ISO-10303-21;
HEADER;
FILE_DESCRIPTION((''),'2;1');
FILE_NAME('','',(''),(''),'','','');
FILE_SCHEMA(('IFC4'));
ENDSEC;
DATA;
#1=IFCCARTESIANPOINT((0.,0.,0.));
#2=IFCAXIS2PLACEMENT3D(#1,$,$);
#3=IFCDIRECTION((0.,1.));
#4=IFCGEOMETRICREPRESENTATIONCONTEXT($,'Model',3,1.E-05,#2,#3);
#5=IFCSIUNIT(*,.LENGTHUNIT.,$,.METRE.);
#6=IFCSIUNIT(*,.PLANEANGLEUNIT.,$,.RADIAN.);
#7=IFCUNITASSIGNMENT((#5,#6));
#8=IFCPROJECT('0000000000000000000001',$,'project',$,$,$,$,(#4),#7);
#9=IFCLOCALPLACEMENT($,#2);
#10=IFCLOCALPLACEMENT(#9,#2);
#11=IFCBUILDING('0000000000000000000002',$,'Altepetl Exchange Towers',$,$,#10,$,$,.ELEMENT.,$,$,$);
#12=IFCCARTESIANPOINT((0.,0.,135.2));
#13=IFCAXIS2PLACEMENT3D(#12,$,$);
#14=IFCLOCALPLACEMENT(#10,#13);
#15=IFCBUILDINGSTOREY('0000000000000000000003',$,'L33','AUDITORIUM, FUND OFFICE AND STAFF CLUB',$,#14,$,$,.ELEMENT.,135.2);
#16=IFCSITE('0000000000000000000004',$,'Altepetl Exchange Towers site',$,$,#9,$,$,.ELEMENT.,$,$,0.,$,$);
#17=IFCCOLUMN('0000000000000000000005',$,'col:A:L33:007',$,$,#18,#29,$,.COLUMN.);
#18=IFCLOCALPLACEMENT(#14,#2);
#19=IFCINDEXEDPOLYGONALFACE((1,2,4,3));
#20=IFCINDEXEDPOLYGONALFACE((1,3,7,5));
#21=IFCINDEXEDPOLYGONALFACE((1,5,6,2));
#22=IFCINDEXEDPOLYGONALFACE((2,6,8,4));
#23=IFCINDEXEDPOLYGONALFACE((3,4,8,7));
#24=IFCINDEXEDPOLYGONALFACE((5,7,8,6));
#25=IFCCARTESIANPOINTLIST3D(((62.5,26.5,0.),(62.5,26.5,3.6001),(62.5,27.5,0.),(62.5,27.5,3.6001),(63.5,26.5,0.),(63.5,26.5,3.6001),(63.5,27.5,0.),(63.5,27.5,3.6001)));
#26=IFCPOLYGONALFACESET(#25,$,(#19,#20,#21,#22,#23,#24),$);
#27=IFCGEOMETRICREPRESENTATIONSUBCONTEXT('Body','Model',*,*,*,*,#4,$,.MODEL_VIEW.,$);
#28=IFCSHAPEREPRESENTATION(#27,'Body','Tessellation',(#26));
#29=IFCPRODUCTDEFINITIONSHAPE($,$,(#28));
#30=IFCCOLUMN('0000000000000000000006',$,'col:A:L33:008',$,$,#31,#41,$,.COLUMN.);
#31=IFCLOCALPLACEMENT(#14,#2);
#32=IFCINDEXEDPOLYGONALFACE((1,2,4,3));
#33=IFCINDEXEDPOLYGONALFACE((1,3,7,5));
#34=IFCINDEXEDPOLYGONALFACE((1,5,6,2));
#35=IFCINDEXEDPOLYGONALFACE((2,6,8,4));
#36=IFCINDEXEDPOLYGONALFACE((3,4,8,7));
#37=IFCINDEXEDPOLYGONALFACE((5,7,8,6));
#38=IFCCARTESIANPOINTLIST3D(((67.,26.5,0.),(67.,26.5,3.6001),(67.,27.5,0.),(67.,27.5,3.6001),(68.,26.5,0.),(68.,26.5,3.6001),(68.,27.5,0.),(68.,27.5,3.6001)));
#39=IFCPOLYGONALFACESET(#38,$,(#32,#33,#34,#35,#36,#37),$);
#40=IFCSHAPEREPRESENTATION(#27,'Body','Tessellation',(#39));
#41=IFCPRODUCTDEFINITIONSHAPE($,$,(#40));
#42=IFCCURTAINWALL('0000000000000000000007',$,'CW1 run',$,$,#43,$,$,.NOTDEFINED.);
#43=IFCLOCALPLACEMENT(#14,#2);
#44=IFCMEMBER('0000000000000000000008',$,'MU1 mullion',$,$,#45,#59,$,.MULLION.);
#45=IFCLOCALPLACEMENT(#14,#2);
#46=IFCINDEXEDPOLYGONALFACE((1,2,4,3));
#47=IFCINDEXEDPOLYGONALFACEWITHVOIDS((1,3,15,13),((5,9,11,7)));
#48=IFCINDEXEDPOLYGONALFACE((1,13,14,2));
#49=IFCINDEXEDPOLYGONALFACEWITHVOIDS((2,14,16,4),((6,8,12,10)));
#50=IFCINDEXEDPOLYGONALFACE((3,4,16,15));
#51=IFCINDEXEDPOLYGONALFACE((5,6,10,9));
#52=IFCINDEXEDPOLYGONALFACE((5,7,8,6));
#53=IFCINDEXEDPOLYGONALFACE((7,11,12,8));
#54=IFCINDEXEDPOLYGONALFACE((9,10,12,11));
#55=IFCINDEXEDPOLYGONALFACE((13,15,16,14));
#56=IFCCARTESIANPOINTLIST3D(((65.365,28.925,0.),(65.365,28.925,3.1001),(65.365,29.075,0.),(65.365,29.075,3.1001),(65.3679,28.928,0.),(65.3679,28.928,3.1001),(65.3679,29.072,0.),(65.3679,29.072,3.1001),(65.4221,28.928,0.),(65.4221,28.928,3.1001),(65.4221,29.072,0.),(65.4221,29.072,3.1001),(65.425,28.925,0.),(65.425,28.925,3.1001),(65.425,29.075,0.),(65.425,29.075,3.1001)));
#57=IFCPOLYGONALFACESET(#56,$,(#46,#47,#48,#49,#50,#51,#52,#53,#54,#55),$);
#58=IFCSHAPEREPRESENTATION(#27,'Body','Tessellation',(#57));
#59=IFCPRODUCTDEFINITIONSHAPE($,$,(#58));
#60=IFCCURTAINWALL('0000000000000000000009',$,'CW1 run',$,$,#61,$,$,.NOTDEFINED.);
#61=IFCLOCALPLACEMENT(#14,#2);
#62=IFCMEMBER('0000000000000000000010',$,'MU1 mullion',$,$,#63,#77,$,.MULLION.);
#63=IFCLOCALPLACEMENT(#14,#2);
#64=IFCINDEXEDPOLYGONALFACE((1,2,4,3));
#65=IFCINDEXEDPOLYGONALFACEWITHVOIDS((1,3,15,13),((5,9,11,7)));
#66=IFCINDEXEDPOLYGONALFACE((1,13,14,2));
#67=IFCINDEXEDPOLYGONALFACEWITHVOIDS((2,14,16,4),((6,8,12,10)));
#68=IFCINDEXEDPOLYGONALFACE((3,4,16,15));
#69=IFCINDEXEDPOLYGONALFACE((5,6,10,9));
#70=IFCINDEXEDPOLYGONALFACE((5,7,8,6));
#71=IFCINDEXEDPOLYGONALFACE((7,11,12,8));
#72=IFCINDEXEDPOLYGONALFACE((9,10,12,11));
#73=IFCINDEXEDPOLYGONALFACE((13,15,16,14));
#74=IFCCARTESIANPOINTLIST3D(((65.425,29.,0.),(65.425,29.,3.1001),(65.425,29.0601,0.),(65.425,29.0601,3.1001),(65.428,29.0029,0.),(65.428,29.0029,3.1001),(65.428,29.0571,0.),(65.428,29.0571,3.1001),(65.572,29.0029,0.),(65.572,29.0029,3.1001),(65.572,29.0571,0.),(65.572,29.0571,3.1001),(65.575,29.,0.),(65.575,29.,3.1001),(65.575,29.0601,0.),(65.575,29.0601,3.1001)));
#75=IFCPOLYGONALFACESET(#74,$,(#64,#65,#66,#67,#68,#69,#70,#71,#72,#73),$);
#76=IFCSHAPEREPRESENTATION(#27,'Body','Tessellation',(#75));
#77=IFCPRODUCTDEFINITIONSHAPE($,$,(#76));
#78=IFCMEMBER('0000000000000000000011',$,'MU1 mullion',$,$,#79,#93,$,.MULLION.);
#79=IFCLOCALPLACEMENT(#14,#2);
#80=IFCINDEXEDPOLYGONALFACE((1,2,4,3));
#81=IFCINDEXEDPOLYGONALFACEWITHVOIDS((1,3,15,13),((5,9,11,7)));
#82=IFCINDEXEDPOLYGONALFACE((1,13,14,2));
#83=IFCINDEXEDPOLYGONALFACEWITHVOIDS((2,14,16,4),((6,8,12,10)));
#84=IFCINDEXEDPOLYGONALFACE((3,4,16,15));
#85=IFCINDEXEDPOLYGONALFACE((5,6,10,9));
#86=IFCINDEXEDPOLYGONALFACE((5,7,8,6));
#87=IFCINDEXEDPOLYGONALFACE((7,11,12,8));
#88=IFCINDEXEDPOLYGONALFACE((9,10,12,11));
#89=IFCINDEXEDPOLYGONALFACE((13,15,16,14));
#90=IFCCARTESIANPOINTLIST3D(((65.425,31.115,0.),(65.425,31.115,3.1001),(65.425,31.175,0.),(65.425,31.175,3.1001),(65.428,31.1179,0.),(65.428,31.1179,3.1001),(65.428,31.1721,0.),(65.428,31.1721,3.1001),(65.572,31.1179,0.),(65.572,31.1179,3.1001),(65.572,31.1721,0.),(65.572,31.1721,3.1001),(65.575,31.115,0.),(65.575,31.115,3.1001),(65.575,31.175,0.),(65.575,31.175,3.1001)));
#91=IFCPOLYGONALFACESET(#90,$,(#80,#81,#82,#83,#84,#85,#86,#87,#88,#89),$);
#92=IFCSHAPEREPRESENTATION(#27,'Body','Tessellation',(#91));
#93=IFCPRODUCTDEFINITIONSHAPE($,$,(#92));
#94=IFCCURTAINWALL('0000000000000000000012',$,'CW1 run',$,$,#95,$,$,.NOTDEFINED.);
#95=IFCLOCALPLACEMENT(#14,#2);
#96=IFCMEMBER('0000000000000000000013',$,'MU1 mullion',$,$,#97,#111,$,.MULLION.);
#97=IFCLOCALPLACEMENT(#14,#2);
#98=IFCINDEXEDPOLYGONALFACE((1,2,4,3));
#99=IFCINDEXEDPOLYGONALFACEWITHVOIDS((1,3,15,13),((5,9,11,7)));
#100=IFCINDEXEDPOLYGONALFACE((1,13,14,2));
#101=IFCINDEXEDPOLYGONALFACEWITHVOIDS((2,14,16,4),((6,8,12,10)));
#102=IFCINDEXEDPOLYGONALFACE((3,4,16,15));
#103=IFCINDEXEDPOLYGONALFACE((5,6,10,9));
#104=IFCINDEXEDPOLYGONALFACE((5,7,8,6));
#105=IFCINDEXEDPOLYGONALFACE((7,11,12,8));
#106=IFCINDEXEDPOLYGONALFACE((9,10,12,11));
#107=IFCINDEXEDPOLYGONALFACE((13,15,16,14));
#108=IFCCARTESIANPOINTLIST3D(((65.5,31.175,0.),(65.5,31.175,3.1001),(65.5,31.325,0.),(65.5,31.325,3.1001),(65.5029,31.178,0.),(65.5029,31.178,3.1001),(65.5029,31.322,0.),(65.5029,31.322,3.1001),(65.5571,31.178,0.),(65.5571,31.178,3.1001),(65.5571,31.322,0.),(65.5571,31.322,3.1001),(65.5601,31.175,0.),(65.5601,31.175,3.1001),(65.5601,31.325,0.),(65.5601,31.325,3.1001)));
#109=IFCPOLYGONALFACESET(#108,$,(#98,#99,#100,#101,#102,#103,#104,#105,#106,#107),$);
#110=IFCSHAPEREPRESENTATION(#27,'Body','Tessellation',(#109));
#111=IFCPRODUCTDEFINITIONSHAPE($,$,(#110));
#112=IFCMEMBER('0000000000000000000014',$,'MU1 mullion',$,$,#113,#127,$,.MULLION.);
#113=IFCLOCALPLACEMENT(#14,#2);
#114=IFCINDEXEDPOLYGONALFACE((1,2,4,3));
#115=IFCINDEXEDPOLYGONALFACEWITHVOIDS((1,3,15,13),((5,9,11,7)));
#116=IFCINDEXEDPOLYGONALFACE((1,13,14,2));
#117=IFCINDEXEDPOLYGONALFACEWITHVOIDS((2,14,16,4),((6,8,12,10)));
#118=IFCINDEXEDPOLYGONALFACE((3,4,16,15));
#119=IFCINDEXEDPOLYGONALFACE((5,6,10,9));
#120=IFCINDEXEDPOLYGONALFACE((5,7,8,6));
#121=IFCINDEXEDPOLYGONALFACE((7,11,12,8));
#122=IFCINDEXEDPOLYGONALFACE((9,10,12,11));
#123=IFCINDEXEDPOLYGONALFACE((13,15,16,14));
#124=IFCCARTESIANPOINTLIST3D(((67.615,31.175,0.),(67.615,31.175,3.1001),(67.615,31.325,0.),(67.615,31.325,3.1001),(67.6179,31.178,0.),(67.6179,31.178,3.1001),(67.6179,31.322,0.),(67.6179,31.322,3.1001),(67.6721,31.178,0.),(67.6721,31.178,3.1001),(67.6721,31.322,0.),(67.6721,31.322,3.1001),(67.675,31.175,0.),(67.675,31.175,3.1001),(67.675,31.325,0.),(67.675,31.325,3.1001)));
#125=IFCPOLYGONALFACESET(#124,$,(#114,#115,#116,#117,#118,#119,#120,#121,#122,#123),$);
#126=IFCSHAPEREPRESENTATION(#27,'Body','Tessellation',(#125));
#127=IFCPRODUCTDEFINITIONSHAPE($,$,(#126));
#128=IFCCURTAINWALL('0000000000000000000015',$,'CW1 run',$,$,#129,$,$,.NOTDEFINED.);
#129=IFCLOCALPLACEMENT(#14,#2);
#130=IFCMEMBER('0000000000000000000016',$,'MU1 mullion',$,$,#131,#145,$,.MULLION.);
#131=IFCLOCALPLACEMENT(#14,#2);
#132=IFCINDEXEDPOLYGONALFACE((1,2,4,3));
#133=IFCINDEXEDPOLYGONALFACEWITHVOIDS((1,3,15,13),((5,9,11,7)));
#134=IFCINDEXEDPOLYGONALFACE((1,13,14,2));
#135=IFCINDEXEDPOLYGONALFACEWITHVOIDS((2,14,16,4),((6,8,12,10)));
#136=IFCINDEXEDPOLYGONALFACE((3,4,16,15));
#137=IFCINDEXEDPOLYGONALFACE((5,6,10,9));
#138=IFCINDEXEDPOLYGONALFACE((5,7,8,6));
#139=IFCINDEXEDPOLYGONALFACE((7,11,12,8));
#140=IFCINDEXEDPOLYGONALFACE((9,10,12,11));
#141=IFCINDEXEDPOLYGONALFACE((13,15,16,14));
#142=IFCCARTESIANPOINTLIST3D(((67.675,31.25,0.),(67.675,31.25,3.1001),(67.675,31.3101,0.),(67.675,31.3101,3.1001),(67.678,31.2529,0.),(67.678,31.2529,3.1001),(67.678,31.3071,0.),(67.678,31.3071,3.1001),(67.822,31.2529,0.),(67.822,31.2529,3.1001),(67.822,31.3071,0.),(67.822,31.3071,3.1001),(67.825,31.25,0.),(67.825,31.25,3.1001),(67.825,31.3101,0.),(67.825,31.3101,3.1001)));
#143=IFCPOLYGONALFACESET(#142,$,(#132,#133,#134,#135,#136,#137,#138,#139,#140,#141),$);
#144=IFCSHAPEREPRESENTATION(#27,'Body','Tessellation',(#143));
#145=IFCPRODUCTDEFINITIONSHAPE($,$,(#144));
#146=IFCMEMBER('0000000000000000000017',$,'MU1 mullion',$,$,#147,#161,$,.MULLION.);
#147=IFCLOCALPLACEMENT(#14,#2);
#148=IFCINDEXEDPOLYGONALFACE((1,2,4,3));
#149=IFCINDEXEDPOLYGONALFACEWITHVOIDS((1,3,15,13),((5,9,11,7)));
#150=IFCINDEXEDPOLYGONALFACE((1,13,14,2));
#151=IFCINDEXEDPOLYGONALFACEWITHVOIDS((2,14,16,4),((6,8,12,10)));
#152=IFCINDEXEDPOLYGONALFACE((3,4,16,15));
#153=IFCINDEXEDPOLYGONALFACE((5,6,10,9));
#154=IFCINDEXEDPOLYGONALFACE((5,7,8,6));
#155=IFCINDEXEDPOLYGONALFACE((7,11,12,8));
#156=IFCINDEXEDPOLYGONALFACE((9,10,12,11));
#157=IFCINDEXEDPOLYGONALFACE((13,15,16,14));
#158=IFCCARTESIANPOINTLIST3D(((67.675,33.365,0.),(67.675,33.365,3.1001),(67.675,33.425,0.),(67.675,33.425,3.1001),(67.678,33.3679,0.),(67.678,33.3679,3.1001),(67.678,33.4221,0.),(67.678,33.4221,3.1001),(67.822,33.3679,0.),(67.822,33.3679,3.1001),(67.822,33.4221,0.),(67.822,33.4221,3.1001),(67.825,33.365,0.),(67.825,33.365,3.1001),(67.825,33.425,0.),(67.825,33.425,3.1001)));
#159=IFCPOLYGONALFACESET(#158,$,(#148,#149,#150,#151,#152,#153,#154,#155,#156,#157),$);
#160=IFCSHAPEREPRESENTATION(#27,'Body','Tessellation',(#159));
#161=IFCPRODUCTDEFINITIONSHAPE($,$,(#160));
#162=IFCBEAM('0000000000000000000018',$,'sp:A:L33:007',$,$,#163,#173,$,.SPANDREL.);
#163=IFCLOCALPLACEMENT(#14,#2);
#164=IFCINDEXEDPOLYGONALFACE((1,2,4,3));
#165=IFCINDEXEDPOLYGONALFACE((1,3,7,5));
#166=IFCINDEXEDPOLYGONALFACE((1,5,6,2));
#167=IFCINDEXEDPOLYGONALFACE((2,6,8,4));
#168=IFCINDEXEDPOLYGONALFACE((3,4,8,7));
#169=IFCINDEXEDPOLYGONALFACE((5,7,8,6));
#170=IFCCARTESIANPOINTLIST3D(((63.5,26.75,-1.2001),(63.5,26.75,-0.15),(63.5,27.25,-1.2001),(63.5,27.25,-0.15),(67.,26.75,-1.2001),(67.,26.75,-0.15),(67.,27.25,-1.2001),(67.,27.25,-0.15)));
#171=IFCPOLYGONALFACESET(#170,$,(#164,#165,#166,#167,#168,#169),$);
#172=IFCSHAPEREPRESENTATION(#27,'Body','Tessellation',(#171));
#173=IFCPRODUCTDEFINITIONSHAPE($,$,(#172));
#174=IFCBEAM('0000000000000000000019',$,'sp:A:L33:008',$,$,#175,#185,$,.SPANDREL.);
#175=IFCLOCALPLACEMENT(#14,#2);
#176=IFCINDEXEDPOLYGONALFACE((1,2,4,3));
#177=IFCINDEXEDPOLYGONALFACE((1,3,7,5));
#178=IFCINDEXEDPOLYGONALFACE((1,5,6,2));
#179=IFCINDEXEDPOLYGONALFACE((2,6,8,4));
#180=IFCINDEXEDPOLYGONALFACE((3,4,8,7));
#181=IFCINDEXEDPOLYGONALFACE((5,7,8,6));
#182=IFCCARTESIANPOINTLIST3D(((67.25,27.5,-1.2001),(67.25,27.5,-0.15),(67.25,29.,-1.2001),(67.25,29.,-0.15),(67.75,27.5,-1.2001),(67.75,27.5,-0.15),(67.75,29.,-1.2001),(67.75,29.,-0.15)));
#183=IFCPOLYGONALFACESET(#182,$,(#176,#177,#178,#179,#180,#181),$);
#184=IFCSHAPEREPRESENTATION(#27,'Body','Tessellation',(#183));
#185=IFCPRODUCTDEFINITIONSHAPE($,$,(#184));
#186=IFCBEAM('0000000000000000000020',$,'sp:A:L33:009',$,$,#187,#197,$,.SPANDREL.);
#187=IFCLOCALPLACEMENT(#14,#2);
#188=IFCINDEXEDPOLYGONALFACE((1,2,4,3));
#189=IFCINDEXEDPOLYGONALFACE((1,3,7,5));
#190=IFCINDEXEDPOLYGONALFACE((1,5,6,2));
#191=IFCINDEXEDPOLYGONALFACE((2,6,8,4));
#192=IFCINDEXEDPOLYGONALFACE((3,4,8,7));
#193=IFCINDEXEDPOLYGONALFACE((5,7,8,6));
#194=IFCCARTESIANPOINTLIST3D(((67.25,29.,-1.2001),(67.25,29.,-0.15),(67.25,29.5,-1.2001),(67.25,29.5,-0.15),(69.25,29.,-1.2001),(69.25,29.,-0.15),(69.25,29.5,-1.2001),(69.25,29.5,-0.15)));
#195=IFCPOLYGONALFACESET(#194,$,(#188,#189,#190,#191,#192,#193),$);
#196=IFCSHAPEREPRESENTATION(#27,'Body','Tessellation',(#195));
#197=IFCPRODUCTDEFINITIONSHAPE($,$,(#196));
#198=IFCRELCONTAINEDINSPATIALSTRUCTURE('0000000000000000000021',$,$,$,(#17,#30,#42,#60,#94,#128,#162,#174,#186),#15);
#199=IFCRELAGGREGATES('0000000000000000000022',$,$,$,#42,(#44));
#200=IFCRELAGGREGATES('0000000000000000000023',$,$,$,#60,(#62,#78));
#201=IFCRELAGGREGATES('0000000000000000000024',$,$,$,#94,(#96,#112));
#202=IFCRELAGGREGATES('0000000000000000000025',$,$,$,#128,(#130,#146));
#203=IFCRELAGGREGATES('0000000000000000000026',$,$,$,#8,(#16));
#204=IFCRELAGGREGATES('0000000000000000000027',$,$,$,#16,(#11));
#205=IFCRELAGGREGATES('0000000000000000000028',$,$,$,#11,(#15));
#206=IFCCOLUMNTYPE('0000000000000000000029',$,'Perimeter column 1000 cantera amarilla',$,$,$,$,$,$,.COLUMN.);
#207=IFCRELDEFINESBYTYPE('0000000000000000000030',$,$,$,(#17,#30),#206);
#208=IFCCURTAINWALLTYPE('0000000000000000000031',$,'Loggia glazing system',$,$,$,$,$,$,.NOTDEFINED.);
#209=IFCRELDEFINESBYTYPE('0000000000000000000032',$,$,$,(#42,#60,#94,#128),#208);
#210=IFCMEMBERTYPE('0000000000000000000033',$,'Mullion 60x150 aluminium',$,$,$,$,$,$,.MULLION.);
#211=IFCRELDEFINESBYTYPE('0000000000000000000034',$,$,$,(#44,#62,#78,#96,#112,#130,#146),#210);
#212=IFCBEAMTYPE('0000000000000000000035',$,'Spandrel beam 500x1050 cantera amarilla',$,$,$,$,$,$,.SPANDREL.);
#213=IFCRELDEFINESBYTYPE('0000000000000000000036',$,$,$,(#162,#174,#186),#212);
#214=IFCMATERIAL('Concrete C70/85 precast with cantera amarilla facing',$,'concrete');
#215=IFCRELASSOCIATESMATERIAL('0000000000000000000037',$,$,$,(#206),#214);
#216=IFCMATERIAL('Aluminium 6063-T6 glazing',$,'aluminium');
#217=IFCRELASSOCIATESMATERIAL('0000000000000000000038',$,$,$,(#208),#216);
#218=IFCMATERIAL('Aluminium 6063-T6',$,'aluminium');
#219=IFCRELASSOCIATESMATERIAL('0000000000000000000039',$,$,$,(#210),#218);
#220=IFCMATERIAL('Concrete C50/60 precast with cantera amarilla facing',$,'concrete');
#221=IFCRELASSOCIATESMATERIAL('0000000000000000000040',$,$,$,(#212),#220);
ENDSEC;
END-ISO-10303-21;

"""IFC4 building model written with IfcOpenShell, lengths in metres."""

from ifc_helpers import new_model, si_unit, direction, frame, origin, origin_2d, place, context, subcontext, project, spatial, rectangle, hollow_rectangle, extrude, material, material_profile, profile_set, type_object, element, aggregate, save


model = new_model("IFC4")

# Units and contexts
model_context = context("Model", 3, precision=1e-05, world=origin(), true_north=direction((0.0, 1.0)))
body_context = subcontext(model_context, "Body", "Model", "MODEL_VIEW")
ifc_project = project(units=[si_unit("LENGTHUNIT", "METRE"), si_unit("PLANEANGLEUNIT", "RADIAN")], contexts=[model_context])

# Site, building, storey
site_placement = place(None, origin())
site = spatial("IfcSite", under=ifc_project, at=site_placement, Name="Altepetl Exchange Towers site", CompositionType="ELEMENT", RefElevation=0.0)
building_placement = place(site_placement, origin())
building = spatial("IfcBuilding", under=site, at=building_placement, Name="Altepetl Exchange Towers", CompositionType="ELEMENT")
storey_placement = place(building_placement, frame((0.0, 0.0, 135.2)))
storey = spatial("IfcBuildingStorey", under=building, at=storey_placement, Name="L33", Description="AUDITORIUM, FUND OFFICE AND STAFF CLUB", CompositionType="ELEMENT", Elevation=135.2)

# Columns
ifc_material_1 = material(Name="Concrete C70/85 precast with cantera amarilla facing", Category="concrete")
ifc_material_profile_1 = material_profile(ifc_material_1, rectangle(XDim=1.0, YDim=1.0, at=origin_2d()), Name="1000 x 1000")
ifc_profile_set_1 = profile_set([ifc_material_profile_1], Name="Concrete C70/85 precast with cantera amarilla facing")
column_type = type_object("IfcColumnType", Name="Perimeter column 1000 cantera amarilla", PredefinedType="COLUMN", material=ifc_profile_set_1)
for number, where, name in (
    (1, (63.0, 27.0, 0.0), "col:A:L33:007"),
    (2, (67.5, 27.0, 0.0), "col:A:L33:008"),
):
    element("IfcColumn", number, at=place(storey_placement, frame(where)), inside=storey, type_object=column_type, Name=name, PredefinedType="COLUMN", context=body_context, shape_type="SweptSolid", body=[
        extrude(rectangle(XDim=1.0, YDim=1.0, at=origin_2d()), origin(), (0.0, 0.0, 1.0), 3.6001),
    ])

# Curtain wall, member
ifc_material_2 = material(Name="Aluminium 6063-T6 glazing", Category="aluminium")
curtain_wall_type = type_object("IfcCurtainWallType", Name="Loggia glazing system", PredefinedType="NOTDEFINED", material=ifc_material_2)
curtain_wall_1_placement = place(storey_placement, origin())
curtain_wall_1 = element("IfcCurtainWall", 3, at=curtain_wall_1_placement, inside=storey, type_object=curtain_wall_type, Name="CW1 run", PredefinedType="NOTDEFINED")
ifc_material_3 = material(Name="Aluminium 6063-T6", Category="aluminium")
ifc_material_profile_2 = material_profile(ifc_material_3, hollow_rectangle(XDim=0.0601, YDim=0.1499, WallThickness=0.0029, at=origin_2d()), Name="Mullion 60x150 aluminium")
ifc_profile_set_2 = profile_set([ifc_material_profile_2], Name="Aluminium 6063-T6")
member_type = type_object("IfcMemberType", Name="Mullion 60x150 aluminium", PredefinedType="MULLION", material=ifc_profile_set_2)
member_1_placement = place(storey_placement, frame((65.395, 29.0, 0.0)))
member_1 = element("IfcMember", 4, at=member_1_placement, type_object=member_type, Name="MU1 mullion", PredefinedType="MULLION", context=body_context, shape_type="SweptSolid", body=[
    extrude(hollow_rectangle(XDim=0.0601, YDim=0.1499, WallThickness=0.0029, at=origin_2d()), origin(), (0.0, 0.0, 1.0), 3.1001),
])

# Curtain walls, members
curtain_wall_2_placement = place(storey_placement, origin())
curtain_wall_2 = element("IfcCurtainWall", 5, at=curtain_wall_2_placement, inside=storey, type_object=curtain_wall_type, Name="CW1 run", PredefinedType="NOTDEFINED")
member_2_placement = place(storey_placement, frame((65.5, 29.03, 0.0), z_axis=(0.0, 0.0, 1.0), x_axis=(0.0, 1.0, 0.0)))
member_2 = element("IfcMember", 6, at=member_2_placement, type_object=member_type, Name="MU1 mullion", PredefinedType="MULLION", context=body_context, shape_type="SweptSolid", body=[
    extrude(hollow_rectangle(XDim=0.0601, YDim=0.1499, WallThickness=0.0029, at=origin_2d()), origin(), (0.0, 0.0, 1.0), 3.1001),
])
member_3_placement = place(storey_placement, frame((65.5, 31.145, 0.0), z_axis=(0.0, 0.0, 1.0), x_axis=(0.0, 1.0, 0.0)))
member_3 = element("IfcMember", 7, at=member_3_placement, type_object=member_type, Name="MU1 mullion", PredefinedType="MULLION", context=body_context, shape_type="SweptSolid", body=[
    extrude(hollow_rectangle(XDim=0.0601, YDim=0.1499, WallThickness=0.0029, at=origin_2d()), origin(), (0.0, 0.0, 1.0), 3.1001),
])
curtain_wall_3_placement = place(storey_placement, origin())
curtain_wall_3 = element("IfcCurtainWall", 8, at=curtain_wall_3_placement, inside=storey, type_object=curtain_wall_type, Name="CW1 run", PredefinedType="NOTDEFINED")
member_4_placement = place(storey_placement, frame((65.53, 31.25, 0.0)))
member_4 = element("IfcMember", 9, at=member_4_placement, type_object=member_type, Name="MU1 mullion", PredefinedType="MULLION", context=body_context, shape_type="SweptSolid", body=[
    extrude(hollow_rectangle(XDim=0.0601, YDim=0.1499, WallThickness=0.0029, at=origin_2d()), origin(), (0.0, 0.0, 1.0), 3.1001),
])
member_5_placement = place(storey_placement, frame((67.645, 31.25, 0.0)))
member_5 = element("IfcMember", 10, at=member_5_placement, type_object=member_type, Name="MU1 mullion", PredefinedType="MULLION", context=body_context, shape_type="SweptSolid", body=[
    extrude(hollow_rectangle(XDim=0.0601, YDim=0.1499, WallThickness=0.0029, at=origin_2d()), origin(), (0.0, 0.0, 1.0), 3.1001),
])
curtain_wall_4_placement = place(storey_placement, origin())
curtain_wall_4 = element("IfcCurtainWall", 11, at=curtain_wall_4_placement, inside=storey, type_object=curtain_wall_type, Name="CW1 run", PredefinedType="NOTDEFINED")
member_6_placement = place(storey_placement, frame((67.75, 31.28, 0.0), z_axis=(0.0, 0.0, 1.0), x_axis=(0.0, 1.0, 0.0)))
member_6 = element("IfcMember", 12, at=member_6_placement, type_object=member_type, Name="MU1 mullion", PredefinedType="MULLION", context=body_context, shape_type="SweptSolid", body=[
    extrude(hollow_rectangle(XDim=0.0601, YDim=0.1499, WallThickness=0.0029, at=origin_2d()), origin(), (0.0, 0.0, 1.0), 3.1001),
])
member_7_placement = place(storey_placement, frame((67.75, 33.395, 0.0), z_axis=(0.0, 0.0, 1.0), x_axis=(0.0, 1.0, 0.0)))
member_7 = element("IfcMember", 13, at=member_7_placement, type_object=member_type, Name="MU1 mullion", PredefinedType="MULLION", context=body_context, shape_type="SweptSolid", body=[
    extrude(hollow_rectangle(XDim=0.0601, YDim=0.1499, WallThickness=0.0029, at=origin_2d()), origin(), (0.0, 0.0, 1.0), 3.1001),
])

# Beams
ifc_material_4 = material(Name="Concrete C50/60 precast with cantera amarilla facing", Category="concrete")
ifc_material_profile_3 = material_profile(ifc_material_4, rectangle(XDim=0.5, YDim=1.05, at=origin_2d()), Name="500 x 1050")
ifc_profile_set_3 = profile_set([ifc_material_profile_3], Name="Concrete C50/60 precast with cantera amarilla facing")
beam_type = type_object("IfcBeamType", Name="Spandrel beam 500x1050 cantera amarilla", PredefinedType="SPANDREL", material=ifc_profile_set_3)
beam_1_placement = place(storey_placement, frame((63.5, 27.0, -0.675), z_axis=(1.0, 0.0, 0.0), x_axis=(0.0, 1.0, 0.0)))
element("IfcBeam", 14, at=beam_1_placement, inside=storey, type_object=beam_type, Name="sp:A:L33:007", PredefinedType="SPANDREL", context=body_context, shape_type="SweptSolid", body=[
    extrude(rectangle(XDim=0.5, YDim=1.05, at=origin_2d()), origin(), (0.0, 0.0, 1.0), 3.5),
])
beam_2_placement = place(storey_placement, frame((67.5, 27.5, -0.675), z_axis=(0.0, 1.0, 0.0), x_axis=(-1.0, 0.0, 0.0)))
element("IfcBeam", 15, at=beam_2_placement, inside=storey, type_object=beam_type, Name="sp:A:L33:008", PredefinedType="SPANDREL", context=body_context, shape_type="SweptSolid", body=[
    extrude(rectangle(XDim=0.5, YDim=1.05, at=origin_2d()), origin(), (0.0, 0.0, 1.0), 1.5),
])
beam_3_placement = place(storey_placement, frame((67.25, 29.25, -0.675), z_axis=(1.0, 0.0, 0.0), x_axis=(0.0, 1.0, 0.0)))
element("IfcBeam", 16, at=beam_3_placement, inside=storey, type_object=beam_type, Name="sp:A:L33:009", PredefinedType="SPANDREL", context=body_context, shape_type="SweptSolid", body=[
    extrude(rectangle(XDim=0.5, YDim=1.05, at=origin_2d()), origin(), (0.0, 0.0, 1.0), 2.0),
])

aggregate(curtain_wall_1, [member_1])
aggregate(curtain_wall_2, [member_2, member_3])
aggregate(curtain_wall_3, [member_4, member_5])
aggregate(curtain_wall_4, [member_6, member_7])

save(model, "model.ifc")
